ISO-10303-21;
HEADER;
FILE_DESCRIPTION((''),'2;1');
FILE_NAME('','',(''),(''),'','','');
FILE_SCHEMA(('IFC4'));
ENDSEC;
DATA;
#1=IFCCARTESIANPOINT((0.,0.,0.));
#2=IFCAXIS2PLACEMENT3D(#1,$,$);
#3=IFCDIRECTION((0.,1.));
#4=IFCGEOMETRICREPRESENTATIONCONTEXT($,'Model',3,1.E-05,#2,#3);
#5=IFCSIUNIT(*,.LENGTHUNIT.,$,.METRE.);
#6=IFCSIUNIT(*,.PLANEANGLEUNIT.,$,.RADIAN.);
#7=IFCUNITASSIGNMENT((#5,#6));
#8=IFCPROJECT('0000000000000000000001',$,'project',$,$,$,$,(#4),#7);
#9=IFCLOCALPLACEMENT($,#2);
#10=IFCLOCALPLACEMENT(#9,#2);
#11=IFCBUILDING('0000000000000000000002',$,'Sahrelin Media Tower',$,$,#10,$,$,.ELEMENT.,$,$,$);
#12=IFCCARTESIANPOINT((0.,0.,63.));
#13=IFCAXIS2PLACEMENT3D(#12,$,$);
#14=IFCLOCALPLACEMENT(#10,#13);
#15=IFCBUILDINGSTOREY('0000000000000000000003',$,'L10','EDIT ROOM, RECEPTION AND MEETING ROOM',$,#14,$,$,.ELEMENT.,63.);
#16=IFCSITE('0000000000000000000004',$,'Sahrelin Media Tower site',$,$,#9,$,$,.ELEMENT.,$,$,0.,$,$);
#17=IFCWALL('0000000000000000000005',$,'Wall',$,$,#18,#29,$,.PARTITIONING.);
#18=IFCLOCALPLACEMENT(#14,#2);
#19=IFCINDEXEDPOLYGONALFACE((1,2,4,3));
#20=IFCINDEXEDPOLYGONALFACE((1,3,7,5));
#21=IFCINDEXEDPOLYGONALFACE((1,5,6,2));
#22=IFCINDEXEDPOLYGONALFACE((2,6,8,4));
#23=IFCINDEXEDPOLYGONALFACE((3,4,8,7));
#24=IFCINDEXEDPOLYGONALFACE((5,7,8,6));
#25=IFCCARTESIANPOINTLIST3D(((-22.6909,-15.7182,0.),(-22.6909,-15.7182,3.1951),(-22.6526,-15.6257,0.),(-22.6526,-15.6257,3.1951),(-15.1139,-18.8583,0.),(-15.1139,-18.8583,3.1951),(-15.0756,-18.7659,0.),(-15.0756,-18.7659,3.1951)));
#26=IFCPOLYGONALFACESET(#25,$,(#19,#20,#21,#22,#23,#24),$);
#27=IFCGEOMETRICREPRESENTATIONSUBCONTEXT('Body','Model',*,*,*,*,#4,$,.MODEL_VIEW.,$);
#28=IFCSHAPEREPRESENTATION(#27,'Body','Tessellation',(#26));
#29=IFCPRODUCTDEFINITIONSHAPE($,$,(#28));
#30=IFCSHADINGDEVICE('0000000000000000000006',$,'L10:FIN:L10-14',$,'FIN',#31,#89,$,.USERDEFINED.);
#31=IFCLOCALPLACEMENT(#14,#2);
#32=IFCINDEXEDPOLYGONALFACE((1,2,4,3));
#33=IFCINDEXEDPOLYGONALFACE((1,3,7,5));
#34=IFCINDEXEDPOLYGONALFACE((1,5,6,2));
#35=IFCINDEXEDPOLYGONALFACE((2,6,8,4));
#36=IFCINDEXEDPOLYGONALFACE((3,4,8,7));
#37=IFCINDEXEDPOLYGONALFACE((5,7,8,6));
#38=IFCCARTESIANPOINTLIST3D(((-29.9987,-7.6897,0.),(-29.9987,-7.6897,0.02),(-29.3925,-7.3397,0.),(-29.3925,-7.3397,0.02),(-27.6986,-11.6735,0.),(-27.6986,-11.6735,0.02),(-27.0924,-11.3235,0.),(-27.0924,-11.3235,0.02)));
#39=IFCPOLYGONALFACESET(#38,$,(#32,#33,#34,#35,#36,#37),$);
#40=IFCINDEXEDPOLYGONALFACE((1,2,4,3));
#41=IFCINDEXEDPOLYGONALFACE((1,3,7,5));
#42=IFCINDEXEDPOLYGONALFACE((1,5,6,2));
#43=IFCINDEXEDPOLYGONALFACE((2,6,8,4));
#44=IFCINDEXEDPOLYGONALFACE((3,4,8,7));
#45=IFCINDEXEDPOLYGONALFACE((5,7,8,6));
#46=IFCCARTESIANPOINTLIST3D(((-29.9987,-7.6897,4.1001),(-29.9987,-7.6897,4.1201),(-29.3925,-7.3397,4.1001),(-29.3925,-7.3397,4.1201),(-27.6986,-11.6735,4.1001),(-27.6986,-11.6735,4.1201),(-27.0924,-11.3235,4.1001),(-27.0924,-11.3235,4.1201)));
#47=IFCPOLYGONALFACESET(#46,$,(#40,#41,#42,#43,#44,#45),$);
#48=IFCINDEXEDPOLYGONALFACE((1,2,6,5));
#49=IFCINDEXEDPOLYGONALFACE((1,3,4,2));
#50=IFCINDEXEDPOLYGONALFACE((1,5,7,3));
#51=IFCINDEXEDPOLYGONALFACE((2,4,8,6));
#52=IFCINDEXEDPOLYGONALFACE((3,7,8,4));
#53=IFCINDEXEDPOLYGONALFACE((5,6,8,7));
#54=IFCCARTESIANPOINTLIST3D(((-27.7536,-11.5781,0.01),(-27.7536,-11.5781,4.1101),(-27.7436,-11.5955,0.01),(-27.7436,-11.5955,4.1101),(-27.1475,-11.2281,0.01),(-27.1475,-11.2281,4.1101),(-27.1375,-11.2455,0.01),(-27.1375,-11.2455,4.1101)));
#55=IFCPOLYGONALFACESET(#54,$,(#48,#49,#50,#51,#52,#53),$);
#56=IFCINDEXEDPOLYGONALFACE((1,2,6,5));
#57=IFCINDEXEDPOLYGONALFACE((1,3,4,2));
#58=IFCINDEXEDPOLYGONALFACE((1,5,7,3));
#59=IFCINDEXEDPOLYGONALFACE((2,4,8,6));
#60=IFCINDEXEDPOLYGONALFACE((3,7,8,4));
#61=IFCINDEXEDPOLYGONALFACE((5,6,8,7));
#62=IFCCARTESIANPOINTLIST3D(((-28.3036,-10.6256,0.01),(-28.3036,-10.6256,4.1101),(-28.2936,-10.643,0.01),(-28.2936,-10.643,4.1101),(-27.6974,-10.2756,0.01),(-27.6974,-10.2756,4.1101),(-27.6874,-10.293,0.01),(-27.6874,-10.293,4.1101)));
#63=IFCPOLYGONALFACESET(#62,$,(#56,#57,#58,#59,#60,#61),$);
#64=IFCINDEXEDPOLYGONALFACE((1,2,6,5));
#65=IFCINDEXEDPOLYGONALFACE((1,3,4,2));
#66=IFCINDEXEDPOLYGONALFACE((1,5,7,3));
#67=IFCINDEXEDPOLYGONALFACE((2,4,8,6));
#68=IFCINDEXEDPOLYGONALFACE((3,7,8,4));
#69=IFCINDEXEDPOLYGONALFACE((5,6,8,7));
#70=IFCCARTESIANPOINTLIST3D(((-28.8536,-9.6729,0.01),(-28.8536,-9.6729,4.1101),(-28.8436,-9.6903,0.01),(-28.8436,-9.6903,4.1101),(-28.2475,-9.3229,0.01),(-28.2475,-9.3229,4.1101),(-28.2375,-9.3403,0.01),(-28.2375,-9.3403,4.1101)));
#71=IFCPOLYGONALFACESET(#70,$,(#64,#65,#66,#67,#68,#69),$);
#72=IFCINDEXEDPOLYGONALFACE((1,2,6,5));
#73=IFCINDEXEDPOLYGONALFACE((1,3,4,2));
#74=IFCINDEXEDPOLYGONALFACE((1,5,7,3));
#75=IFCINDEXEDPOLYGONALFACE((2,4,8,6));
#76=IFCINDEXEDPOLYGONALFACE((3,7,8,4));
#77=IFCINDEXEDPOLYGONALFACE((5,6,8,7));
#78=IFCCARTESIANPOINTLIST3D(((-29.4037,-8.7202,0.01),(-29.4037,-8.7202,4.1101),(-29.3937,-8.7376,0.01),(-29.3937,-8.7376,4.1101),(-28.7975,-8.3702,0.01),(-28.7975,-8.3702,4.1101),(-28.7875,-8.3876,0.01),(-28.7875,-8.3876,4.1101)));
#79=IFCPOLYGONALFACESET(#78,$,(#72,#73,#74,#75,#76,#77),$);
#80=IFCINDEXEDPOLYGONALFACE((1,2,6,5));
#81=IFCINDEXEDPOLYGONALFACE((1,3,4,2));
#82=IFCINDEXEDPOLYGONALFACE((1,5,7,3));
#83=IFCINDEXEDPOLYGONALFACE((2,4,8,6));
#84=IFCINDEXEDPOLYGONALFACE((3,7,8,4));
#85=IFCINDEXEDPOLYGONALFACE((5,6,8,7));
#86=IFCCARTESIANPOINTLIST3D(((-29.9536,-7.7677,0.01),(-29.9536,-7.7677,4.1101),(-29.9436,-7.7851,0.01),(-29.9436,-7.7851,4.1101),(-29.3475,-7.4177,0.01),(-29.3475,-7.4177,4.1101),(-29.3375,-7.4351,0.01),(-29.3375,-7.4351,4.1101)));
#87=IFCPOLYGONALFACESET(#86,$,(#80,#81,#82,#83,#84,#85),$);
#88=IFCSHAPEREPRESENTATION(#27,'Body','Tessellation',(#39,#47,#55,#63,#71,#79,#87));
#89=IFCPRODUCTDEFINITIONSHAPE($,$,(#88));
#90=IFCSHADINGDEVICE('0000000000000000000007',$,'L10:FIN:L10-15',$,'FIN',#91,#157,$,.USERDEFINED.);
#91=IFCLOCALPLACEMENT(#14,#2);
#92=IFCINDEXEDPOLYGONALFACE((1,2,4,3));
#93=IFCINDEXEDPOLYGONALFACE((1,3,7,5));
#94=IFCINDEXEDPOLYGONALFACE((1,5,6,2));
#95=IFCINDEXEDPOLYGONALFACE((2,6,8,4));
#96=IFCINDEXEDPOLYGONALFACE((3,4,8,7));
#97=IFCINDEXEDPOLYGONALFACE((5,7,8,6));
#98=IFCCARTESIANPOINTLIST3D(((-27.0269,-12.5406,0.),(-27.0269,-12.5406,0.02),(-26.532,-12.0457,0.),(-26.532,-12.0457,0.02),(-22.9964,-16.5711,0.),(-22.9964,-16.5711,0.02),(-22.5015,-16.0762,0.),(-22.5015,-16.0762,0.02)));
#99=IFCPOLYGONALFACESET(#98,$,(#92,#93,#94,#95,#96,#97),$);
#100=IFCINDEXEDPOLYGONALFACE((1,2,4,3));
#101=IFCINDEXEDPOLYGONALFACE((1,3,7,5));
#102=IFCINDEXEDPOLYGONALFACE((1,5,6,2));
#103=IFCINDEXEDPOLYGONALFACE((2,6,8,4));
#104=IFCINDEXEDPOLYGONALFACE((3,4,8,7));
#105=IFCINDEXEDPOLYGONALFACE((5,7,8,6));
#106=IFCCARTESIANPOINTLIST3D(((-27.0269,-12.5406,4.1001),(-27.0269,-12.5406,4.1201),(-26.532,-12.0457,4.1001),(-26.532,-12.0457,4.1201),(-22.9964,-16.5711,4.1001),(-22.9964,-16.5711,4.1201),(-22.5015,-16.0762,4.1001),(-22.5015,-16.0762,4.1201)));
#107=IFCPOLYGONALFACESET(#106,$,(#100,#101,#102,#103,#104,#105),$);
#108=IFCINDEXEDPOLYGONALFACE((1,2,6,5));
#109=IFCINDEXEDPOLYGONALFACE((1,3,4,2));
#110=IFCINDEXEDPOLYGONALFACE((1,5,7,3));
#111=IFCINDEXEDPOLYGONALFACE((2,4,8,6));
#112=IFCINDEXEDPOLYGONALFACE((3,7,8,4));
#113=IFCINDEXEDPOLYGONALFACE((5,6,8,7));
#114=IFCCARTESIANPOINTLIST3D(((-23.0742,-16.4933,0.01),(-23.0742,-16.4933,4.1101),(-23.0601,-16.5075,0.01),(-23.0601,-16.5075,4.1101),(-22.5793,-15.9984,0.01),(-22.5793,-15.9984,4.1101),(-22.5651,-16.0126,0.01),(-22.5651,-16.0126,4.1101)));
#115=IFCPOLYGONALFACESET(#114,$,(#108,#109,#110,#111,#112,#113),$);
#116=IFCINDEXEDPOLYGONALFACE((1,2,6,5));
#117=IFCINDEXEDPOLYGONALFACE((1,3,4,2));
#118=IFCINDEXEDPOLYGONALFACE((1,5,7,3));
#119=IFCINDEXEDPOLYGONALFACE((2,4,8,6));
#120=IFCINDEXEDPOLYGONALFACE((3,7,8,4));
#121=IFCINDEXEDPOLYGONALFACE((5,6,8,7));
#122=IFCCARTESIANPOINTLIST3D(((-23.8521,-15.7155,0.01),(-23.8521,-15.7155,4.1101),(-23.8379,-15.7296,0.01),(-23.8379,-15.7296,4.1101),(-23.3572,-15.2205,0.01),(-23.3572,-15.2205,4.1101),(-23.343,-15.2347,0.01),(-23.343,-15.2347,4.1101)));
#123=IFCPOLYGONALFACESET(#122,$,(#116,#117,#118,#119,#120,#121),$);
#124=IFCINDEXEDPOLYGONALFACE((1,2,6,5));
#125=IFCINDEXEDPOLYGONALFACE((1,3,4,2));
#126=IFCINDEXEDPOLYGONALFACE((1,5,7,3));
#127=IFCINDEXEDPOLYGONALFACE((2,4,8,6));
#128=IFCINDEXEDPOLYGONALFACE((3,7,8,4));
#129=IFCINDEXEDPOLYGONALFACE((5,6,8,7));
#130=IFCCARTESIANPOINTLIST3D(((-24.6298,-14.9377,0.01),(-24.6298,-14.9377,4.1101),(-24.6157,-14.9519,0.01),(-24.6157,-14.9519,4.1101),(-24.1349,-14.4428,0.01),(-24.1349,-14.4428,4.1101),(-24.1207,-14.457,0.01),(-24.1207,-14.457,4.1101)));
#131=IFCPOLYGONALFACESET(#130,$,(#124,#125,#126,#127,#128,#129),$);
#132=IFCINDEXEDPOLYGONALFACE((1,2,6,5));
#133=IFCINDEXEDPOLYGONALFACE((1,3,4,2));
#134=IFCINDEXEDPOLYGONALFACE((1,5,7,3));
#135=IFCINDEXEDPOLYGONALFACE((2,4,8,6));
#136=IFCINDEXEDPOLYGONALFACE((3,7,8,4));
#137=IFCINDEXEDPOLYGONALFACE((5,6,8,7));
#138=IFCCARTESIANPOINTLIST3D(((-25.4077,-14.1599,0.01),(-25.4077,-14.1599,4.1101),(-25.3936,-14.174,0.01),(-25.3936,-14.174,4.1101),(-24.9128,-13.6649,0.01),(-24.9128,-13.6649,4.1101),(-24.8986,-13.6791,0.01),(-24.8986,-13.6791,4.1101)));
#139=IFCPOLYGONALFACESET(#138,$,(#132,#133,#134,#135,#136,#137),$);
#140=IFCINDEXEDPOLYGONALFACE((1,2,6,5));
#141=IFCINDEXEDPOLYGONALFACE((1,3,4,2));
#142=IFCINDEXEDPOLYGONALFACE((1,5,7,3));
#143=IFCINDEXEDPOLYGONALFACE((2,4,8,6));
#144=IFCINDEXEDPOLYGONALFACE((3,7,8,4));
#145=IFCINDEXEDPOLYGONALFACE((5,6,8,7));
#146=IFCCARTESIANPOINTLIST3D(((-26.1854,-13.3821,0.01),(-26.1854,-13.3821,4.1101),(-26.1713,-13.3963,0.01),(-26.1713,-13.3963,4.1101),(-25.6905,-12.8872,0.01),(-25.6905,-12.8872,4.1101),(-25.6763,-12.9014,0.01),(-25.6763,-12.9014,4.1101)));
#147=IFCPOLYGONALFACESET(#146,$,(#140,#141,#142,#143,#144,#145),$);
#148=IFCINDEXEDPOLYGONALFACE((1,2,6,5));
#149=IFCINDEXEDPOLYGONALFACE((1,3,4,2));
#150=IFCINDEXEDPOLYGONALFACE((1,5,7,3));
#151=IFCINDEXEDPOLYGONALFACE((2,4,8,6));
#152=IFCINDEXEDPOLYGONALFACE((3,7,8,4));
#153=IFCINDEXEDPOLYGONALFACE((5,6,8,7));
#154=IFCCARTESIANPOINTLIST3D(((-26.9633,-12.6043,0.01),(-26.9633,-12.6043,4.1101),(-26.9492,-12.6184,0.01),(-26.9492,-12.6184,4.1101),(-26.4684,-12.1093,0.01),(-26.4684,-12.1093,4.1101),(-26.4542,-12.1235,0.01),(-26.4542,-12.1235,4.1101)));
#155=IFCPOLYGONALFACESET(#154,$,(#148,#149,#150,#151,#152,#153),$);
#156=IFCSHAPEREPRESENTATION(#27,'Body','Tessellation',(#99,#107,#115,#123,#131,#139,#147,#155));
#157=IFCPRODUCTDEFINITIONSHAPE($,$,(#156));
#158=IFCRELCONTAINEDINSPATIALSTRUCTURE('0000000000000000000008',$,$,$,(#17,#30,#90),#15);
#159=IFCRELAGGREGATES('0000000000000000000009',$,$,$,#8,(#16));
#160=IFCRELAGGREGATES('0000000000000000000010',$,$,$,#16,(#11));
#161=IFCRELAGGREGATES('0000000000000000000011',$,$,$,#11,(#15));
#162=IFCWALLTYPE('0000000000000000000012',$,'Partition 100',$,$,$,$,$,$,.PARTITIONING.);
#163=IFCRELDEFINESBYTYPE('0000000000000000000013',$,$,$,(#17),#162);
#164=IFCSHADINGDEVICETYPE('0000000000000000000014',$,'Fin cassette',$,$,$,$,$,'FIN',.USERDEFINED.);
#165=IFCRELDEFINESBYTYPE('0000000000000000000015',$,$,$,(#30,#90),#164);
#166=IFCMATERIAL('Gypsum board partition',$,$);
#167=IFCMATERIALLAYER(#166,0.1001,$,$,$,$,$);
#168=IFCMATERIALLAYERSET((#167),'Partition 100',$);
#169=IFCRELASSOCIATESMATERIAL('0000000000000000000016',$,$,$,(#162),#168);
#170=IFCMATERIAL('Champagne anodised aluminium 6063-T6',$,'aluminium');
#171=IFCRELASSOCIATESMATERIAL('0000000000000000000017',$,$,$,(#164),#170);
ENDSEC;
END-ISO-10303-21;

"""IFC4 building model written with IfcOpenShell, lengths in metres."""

from ifc_helpers import new_model, si_unit, direction, frame, frame_2d, origin, origin_2d, place, context, subcontext, project, spatial, rectangle, extrude, material, layer, layer_set, type_object, element, save


model = new_model("IFC4")

# Units and contexts
model_context = context("Model", 3, precision=1e-05, world=origin(), true_north=direction((0.0, 1.0)))
body_context = subcontext(model_context, "Body", "Model", "MODEL_VIEW")
ifc_project = project(units=[si_unit("LENGTHUNIT", "METRE"), si_unit("PLANEANGLEUNIT", "RADIAN")], contexts=[model_context])

# Site, building, storey
site_placement = place(None, origin())
site = spatial("IfcSite", under=ifc_project, at=site_placement, Name="Sahrelin Media Tower site", CompositionType="ELEMENT", RefElevation=0.0)
building_placement = place(site_placement, origin())
building = spatial("IfcBuilding", under=site, at=building_placement, Name="Sahrelin Media Tower", CompositionType="ELEMENT")
storey_placement = place(building_placement, frame((0.0, 0.0, 63.0)))
storey = spatial("IfcBuildingStorey", under=building, at=storey_placement, Name="L10", Description="EDIT ROOM, RECEPTION AND MEETING ROOM", CompositionType="ELEMENT", Elevation=63.0)

# Shared definitions
ifc_material_1 = material(Name="Champagne anodised aluminium 6063-T6", Category="aluminium")

# Wall
ifc_material_2 = material(Name="Gypsum board partition")
ifc_layer_1 = layer(ifc_material_2, 0.1001)
ifc_layer_set_1 = layer_set([ifc_layer_1], Name="Partition 100")
wall_type_1 = type_object("IfcWallType", Name="Partition 100", PredefinedType="PARTITIONING", material=ifc_layer_set_1)
wall_1_placement = place(storey_placement, frame((-22.6719, -15.6719, 0.0), z_axis=(0.0, 0.0, 1.0), x_axis=(0.923807, -0.382858, 0.0)))
element("IfcWall", 1, at=wall_1_placement, inside=storey, type_object=wall_type_1, Name="Wall", PredefinedType="PARTITIONING", context=body_context, shape_type="SweptSolid", body=[
    extrude(rectangle(XDim=8.2019, YDim=0.1001, at=frame_2d((4.1011, 0.0))), origin(), (0.0, 0.0, 1.0), 3.1951),
])

# Shading devices
shading_device_type_1 = type_object("IfcShadingDeviceType", Name="Fin cassette", ElementType="FIN", PredefinedType="USERDEFINED", material=ifc_material_1)
placement_1 = place(storey_placement, frame((-28.1819, -9.2966, 0.0), z_axis=(0.0, 0.0, 1.0), x_axis=(-0.500011, 0.866019, 0.0)))
element("IfcShadingDevice", 2, at=placement_1, inside=storey, type_object=shading_device_type_1, Name="L10:FIN:L10-14", ObjectType="FIN", PredefinedType="USERDEFINED", context=body_context, shape_type="SweptSolid", body=[
    extrude(rectangle(XDim=4.6001, YDim=0.7, at=origin_2d()), frame((0.0, 0.4199, 0.0)), (0.0, 0.0, 1.0), 0.02),
    extrude(rectangle(XDim=4.6001, YDim=0.7, at=origin_2d()), frame((0.0, 0.4199, 4.1001)), (0.0, 0.0, 1.0), 0.02),
    extrude(rectangle(XDim=0.02, YDim=0.7, at=origin_2d()), frame((-2.2, 0.4199, 0.01), z_axis=(0.0, 0.0, 1.0), x_axis=(1.0, 0.0, 0.0)), (0.0, 0.0, 1.0), 4.1001),
    extrude(rectangle(XDim=0.02, YDim=0.7, at=origin_2d()), frame((-1.1001, 0.4199, 0.01), z_axis=(0.0, 0.0, 1.0), x_axis=(1.0, 0.0, 0.0)), (0.0, 0.0, 1.0), 4.1001),
    extrude(rectangle(XDim=0.02, YDim=0.7, at=origin_2d()), frame((0.0, 0.4199, 0.01), z_axis=(0.0, 0.0, 1.0), x_axis=(1.0, 0.0, 0.0)), (0.0, 0.0, 1.0), 4.1001),
    extrude(rectangle(XDim=0.02, YDim=0.7, at=origin_2d()), frame((1.1001, 0.4199, 0.01), z_axis=(0.0, 0.0, 1.0), x_axis=(1.0, 0.0, 0.0)), (0.0, 0.0, 1.0), 4.1001),
    extrude(rectangle(XDim=0.02, YDim=0.7, at=origin_2d()), frame((2.2, 0.4199, 0.01), z_axis=(0.0, 0.0, 1.0), x_axis=(1.0, 0.0, 0.0)), (0.0, 0.0, 1.0), 4.1001),
])
placement_2 = place(storey_placement, frame((-24.4673, -14.0115, 0.0), z_axis=(0.0, 0.0, 1.0), x_axis=(-0.707107, 0.707107, 0.0)))
element("IfcShadingDevice", 3, at=placement_2, inside=storey, type_object=shading_device_type_1, Name="L10:FIN:L10-15", ObjectType="FIN", PredefinedType="USERDEFINED", context=body_context, shape_type="SweptSolid", body=[
    extrude(rectangle(XDim=5.7, YDim=0.7, at=origin_2d()), frame((0.0, 0.4199, 0.0)), (0.0, 0.0, 1.0), 0.02),
    extrude(rectangle(XDim=5.7, YDim=0.7, at=origin_2d()), frame((0.0, 0.4199, 4.1001)), (0.0, 0.0, 1.0), 0.02),
    extrude(rectangle(XDim=0.02, YDim=0.7, at=origin_2d()), frame((-2.75, 0.4199, 0.01), z_axis=(0.0, 0.0, 1.0), x_axis=(1.0, 0.0, 0.0)), (0.0, 0.0, 1.0), 4.1001),
    extrude(rectangle(XDim=0.02, YDim=0.7, at=origin_2d()), frame((-1.6499, 0.4199, 0.01), z_axis=(0.0, 0.0, 1.0), x_axis=(1.0, 0.0, 0.0)), (0.0, 0.0, 1.0), 4.1001),
    extrude(rectangle(XDim=0.02, YDim=0.7, at=origin_2d()), frame((-0.55, 0.4199, 0.01), z_axis=(0.0, 0.0, 1.0), x_axis=(1.0, 0.0, 0.0)), (0.0, 0.0, 1.0), 4.1001),
    extrude(rectangle(XDim=0.02, YDim=0.7, at=origin_2d()), frame((0.55, 0.4199, 0.01), z_axis=(0.0, 0.0, 1.0), x_axis=(1.0, 0.0, 0.0)), (0.0, 0.0, 1.0), 4.1001),
    extrude(rectangle(XDim=0.02, YDim=0.7, at=origin_2d()), frame((1.6499, 0.4199, 0.01), z_axis=(0.0, 0.0, 1.0), x_axis=(1.0, 0.0, 0.0)), (0.0, 0.0, 1.0), 4.1001),
    extrude(rectangle(XDim=0.02, YDim=0.7, at=origin_2d()), frame((2.75, 0.4199, 0.01), z_axis=(0.0, 0.0, 1.0), x_axis=(1.0, 0.0, 0.0)), (0.0, 0.0, 1.0), 4.1001),
])

save(model, "model.ifc")
